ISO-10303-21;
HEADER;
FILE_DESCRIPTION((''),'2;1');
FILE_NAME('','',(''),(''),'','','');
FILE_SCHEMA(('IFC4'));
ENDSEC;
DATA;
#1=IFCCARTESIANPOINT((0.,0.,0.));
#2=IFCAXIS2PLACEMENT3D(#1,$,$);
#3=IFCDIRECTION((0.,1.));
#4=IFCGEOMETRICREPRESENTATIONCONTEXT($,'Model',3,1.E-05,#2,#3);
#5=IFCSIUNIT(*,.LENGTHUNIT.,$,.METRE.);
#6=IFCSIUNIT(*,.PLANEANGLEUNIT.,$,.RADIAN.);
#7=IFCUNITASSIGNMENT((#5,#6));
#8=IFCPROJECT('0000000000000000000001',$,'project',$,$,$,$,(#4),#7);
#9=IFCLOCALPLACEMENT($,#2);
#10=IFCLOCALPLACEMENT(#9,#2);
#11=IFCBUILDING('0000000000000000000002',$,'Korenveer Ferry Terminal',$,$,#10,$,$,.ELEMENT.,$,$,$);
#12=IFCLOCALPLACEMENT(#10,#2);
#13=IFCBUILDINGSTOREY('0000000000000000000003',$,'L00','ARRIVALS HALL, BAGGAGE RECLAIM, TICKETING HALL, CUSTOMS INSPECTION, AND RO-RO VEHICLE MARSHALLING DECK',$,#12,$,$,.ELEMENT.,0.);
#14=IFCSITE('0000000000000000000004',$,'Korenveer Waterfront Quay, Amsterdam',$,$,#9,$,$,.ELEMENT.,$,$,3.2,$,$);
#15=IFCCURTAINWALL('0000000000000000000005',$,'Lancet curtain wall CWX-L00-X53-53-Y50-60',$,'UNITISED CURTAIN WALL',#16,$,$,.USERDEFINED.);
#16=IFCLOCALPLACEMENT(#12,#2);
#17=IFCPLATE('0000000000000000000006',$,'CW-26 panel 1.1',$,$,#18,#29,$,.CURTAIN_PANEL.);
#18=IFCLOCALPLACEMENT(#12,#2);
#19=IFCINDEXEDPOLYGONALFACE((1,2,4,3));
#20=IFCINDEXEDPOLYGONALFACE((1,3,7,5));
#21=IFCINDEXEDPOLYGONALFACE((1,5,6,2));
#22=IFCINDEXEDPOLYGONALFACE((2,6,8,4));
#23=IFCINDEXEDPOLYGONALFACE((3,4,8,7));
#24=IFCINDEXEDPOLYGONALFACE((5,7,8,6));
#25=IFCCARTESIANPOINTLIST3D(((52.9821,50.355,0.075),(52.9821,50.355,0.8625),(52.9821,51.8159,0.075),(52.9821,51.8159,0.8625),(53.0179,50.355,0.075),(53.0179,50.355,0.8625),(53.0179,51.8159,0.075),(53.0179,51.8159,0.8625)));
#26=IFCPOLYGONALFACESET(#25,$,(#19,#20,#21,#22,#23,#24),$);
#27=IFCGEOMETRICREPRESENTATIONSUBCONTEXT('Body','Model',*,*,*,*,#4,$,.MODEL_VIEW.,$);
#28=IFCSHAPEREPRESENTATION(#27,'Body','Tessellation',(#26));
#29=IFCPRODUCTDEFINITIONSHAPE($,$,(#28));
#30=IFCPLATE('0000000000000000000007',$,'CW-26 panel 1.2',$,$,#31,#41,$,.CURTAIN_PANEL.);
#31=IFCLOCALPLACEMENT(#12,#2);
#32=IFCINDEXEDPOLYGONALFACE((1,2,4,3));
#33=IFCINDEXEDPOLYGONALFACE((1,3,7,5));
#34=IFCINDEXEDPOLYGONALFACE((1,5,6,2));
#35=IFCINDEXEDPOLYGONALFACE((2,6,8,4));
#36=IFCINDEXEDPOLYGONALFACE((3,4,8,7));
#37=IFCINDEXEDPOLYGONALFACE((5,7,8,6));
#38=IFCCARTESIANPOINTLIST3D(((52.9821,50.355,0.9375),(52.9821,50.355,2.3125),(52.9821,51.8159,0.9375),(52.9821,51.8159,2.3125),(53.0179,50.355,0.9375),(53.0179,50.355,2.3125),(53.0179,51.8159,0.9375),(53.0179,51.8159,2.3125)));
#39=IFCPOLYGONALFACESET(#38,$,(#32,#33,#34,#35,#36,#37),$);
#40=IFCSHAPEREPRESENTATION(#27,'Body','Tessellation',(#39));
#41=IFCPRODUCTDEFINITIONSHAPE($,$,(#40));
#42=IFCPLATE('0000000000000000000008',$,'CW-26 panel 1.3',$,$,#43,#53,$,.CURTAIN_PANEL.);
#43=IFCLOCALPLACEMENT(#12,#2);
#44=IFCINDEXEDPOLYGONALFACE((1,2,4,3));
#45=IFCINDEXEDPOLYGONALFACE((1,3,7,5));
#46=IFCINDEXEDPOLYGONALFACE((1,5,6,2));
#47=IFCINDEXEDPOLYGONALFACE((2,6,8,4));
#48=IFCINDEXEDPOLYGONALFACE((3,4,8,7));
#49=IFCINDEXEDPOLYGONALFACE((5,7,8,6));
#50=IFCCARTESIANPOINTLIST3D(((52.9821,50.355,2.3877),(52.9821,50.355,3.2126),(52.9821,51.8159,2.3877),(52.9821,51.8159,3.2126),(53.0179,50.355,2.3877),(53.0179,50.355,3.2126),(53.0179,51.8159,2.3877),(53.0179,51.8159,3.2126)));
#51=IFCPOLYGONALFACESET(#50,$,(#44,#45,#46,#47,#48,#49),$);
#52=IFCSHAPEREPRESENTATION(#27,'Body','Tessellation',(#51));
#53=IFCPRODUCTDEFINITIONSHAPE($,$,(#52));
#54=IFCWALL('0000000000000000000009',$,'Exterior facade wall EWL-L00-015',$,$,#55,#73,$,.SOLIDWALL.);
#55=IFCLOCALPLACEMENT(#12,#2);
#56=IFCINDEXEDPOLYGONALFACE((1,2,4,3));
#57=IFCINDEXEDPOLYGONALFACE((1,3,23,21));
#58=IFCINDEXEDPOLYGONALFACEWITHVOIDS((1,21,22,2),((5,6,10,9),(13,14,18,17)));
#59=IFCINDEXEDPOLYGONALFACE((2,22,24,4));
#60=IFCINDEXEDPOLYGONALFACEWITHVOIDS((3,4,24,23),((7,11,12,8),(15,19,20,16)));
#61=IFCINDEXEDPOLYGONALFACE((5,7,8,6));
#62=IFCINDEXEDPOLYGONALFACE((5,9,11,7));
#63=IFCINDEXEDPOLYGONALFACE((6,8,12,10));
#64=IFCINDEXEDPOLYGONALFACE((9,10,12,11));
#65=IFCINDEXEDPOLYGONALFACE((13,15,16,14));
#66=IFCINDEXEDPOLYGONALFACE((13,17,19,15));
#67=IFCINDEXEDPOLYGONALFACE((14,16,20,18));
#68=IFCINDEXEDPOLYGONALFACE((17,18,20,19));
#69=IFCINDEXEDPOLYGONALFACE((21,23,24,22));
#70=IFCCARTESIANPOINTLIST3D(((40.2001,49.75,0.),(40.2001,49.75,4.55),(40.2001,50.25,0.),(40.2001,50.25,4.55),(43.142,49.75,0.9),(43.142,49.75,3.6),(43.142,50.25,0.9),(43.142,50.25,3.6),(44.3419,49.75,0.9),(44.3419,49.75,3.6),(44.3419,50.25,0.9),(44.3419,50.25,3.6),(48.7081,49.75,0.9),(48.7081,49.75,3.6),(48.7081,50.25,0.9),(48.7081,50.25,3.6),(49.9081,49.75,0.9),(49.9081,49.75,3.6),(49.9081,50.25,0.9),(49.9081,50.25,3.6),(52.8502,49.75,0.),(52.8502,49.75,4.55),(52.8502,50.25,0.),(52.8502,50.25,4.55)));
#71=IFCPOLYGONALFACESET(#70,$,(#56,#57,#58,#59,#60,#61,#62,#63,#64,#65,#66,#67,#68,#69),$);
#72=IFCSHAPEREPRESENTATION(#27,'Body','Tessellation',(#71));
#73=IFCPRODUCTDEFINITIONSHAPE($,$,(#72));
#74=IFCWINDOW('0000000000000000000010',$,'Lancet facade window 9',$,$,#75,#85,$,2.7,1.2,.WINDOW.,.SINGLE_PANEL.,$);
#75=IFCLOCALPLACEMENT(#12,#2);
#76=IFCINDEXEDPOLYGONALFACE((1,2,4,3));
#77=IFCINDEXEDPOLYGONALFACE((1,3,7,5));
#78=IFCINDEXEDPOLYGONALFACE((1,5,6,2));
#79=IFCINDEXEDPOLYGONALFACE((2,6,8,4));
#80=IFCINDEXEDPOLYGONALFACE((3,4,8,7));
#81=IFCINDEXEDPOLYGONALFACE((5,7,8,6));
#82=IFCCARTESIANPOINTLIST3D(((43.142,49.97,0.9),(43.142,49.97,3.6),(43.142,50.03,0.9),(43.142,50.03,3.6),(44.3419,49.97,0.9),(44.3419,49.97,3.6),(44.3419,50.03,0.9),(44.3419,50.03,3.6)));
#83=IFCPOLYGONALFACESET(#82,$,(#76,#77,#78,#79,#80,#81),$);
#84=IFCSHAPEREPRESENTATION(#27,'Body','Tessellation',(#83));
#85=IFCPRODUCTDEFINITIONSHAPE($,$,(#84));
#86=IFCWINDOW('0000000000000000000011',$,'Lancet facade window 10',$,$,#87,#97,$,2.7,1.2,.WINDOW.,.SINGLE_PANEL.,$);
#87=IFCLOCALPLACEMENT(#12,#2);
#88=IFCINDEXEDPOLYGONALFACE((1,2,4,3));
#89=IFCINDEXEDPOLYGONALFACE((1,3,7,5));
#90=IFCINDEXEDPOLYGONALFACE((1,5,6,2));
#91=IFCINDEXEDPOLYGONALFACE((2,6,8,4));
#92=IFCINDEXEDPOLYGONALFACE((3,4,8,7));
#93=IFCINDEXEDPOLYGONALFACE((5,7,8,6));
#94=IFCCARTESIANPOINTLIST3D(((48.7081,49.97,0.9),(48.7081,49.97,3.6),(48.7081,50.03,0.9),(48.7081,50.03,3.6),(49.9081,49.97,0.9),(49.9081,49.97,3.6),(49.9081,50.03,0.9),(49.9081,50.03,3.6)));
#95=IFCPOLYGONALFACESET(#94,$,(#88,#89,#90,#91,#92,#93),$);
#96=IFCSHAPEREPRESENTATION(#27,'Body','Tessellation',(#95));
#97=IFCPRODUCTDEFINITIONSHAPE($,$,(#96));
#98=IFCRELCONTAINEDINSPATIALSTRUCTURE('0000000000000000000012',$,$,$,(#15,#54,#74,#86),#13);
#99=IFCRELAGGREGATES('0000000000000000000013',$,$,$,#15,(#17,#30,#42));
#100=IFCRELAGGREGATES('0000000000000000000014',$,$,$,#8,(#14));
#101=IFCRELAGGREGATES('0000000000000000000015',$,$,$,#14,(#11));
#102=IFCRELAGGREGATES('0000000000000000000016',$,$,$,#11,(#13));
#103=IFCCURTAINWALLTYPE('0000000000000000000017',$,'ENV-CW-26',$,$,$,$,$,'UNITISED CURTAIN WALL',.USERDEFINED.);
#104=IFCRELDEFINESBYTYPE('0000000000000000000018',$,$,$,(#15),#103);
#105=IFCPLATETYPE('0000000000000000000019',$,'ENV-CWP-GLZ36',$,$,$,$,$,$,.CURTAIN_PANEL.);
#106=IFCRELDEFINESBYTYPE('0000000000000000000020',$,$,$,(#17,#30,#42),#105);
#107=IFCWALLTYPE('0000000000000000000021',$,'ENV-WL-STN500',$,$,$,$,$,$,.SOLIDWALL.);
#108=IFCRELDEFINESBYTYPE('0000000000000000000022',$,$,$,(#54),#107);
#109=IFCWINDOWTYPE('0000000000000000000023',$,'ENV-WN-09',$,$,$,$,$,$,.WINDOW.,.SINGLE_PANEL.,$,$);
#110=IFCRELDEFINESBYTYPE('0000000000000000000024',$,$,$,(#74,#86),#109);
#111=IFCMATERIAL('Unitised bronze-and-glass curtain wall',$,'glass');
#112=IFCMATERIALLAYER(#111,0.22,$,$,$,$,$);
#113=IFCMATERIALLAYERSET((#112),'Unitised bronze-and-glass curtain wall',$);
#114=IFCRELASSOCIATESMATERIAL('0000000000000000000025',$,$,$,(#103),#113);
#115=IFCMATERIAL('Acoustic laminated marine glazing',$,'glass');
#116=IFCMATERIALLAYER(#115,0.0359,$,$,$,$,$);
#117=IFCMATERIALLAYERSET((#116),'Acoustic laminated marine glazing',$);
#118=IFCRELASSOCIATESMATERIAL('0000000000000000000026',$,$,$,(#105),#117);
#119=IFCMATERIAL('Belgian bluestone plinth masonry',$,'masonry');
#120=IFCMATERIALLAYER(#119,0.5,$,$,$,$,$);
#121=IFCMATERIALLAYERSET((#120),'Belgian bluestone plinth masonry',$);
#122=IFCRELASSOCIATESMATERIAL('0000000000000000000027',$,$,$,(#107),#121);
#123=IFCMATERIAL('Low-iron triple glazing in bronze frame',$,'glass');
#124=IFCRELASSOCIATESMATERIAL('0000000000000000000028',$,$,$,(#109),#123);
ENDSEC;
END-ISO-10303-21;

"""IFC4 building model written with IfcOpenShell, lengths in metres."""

from ifc_helpers import new_model, si_unit, direction, frame, frame_2d, origin, origin_2d, place, context, subcontext, project, spatial, rectangle, extrude, material, layer, layer_set, type_object, element, fill, aggregate, save


model = new_model("IFC4")

# Units and contexts
model_context = context("Model", 3, precision=1e-05, world=origin(), true_north=direction((0.0, 1.0)))
body_context = subcontext(model_context, "Body", "Model", "MODEL_VIEW")
ifc_project = project(units=[si_unit("LENGTHUNIT", "METRE"), si_unit("PLANEANGLEUNIT", "RADIAN")], contexts=[model_context])

# Site, building, storey
site_placement = place(None, origin())
site = spatial("IfcSite", under=ifc_project, at=site_placement, Name="Korenveer Waterfront Quay, Amsterdam", CompositionType="ELEMENT", RefElevation=3.2)
building_placement = place(site_placement, origin())
building = spatial("IfcBuilding", under=site, at=building_placement, Name="Korenveer Ferry Terminal", CompositionType="ELEMENT")
storey_placement = place(building_placement, origin())
storey = spatial("IfcBuildingStorey", under=building, at=storey_placement, Name="L00", Description="ARRIVALS HALL, BAGGAGE RECLAIM, TICKETING HALL, CUSTOMS INSPECTION, AND RO-RO VEHICLE MARSHALLING DECK", CompositionType="ELEMENT", Elevation=0.0)

# Shared definitions
ifc_material_1 = material(Name="Unitised bronze-and-glass curtain wall", Category="glass")

# Curtain wall
ifc_layer_1 = layer(ifc_material_1, 0.22)
ifc_layer_set_1 = layer_set([ifc_layer_1], Name="Unitised bronze-and-glass curtain wall")
curtain_wall_type_1 = type_object("IfcCurtainWallType", Name="ENV-CW-26", ElementType="UNITISED CURTAIN WALL", PredefinedType="USERDEFINED", material=ifc_layer_set_1)
curtain_wall_1_placement = place(storey_placement, frame((53.0, 50.28, 0.0)))
curtain_wall_1 = element("IfcCurtainWall", 1, at=curtain_wall_1_placement, inside=storey, type_object=curtain_wall_type_1, Name="Lancet curtain wall CWX-L00-X53-53-Y50-60", ObjectType="UNITISED CURTAIN WALL", PredefinedType="USERDEFINED")

# Plates
ifc_material_2 = material(Name="Acoustic laminated marine glazing", Category="glass")
ifc_layer_2 = layer(ifc_material_2, 0.0359)
ifc_layer_set_2 = layer_set([ifc_layer_2], Name="Acoustic laminated marine glazing")
plate_type_1 = type_object("IfcPlateType", Name="ENV-CWP-GLZ36", PredefinedType="CURTAIN_PANEL", material=ifc_layer_set_2)
plate_1_placement = place(storey_placement, frame((53.0, 51.0854, 0.075), z_axis=(0.0, 0.0, 1.0), x_axis=(0.0, 1.0, 0.0)))
plate_1 = element("IfcPlate", 2, at=plate_1_placement, type_object=plate_type_1, Name="CW-26 panel 1.1", PredefinedType="CURTAIN_PANEL", context=body_context, shape_type="SweptSolid", body=[
    extrude(rectangle(XDim=1.4609, YDim=0.0359, at=origin_2d()), origin(), (0.0, 0.0, 1.0), 0.7876),
])
plate_2_placement = place(storey_placement, frame((53.0, 51.0854, 0.9375), z_axis=(0.0, 0.0, 1.0), x_axis=(0.0, 1.0, 0.0)))
plate_2 = element("IfcPlate", 3, at=plate_2_placement, type_object=plate_type_1, Name="CW-26 panel 1.2", PredefinedType="CURTAIN_PANEL", context=body_context, shape_type="SweptSolid", body=[
    extrude(rectangle(XDim=1.4609, YDim=0.0359, at=origin_2d()), origin(), (0.0, 0.0, 1.0), 1.375),
])
plate_3_placement = place(storey_placement, frame((53.0, 51.0854, 2.3877), z_axis=(0.0, 0.0, 1.0), x_axis=(0.0, 1.0, 0.0)))
plate_3 = element("IfcPlate", 4, at=plate_3_placement, type_object=plate_type_1, Name="CW-26 panel 1.3", PredefinedType="CURTAIN_PANEL", context=body_context, shape_type="SweptSolid", body=[
    extrude(rectangle(XDim=1.4609, YDim=0.0359, at=origin_2d()), origin(), (0.0, 0.0, 1.0), 0.825),
])
aggregate(curtain_wall_1, [plate_1, plate_2, plate_3])

# Wall, openings, windows
ifc_material_3 = material(Name="Belgian bluestone plinth masonry", Category="masonry")
ifc_layer_3 = layer(ifc_material_3, 0.5)
ifc_layer_set_3 = layer_set([ifc_layer_3], Name="Belgian bluestone plinth masonry")
wall_type = type_object("IfcWallType", Name="ENV-WL-STN500", PredefinedType="SOLIDWALL", material=ifc_layer_set_3)
wall_placement = place(storey_placement, frame((40.2, 50.0, 0.0), z_axis=(0.0, 0.0, 1.0), x_axis=(1.0, 0.0, 0.0)))
wall = element("IfcWall", 5, at=wall_placement, inside=storey, type_object=wall_type, Name="Exterior facade wall EWL-L00-015", PredefinedType="SOLIDWALL", context=body_context, shape_type="SweptSolid", body=[
    extrude(rectangle(XDim=12.6501, YDim=0.5, at=frame_2d((6.3252, 0.0))), origin(), (0.0, 0.0, 1.0), 4.55),
])
opening_1_placement = place(wall_placement, frame((2.9419, 0.0, 0.8999)))
opening_1 = element("IfcOpeningElement", 6, at=opening_1_placement, cuts=wall, PredefinedType="OPENING", context=body_context, shape_type="SweptSolid", body=[
    extrude(rectangle(XDim=1.2, YDim=2.7, at=frame_2d((0.6001, 1.3501))), frame((0.0, 0.26, 0.0), z_axis=(0.0, -1.0, 0.0), x_axis=(1.0, 0.0, 0.0)), (0.0, 0.0, 1.0), 0.52),
])
opening_2_placement = place(wall_placement, frame((8.5081, 0.0, 0.8999)))
opening_2 = element("IfcOpeningElement", 7, at=opening_2_placement, cuts=wall, PredefinedType="OPENING", context=body_context, shape_type="SweptSolid", body=[
    extrude(rectangle(XDim=1.2, YDim=2.7, at=frame_2d((0.6001, 1.3501))), frame((0.0, 0.26, 0.0), z_axis=(0.0, -1.0, 0.0), x_axis=(1.0, 0.0, 0.0)), (0.0, 0.0, 1.0), 0.52),
])
ifc_material_4 = material(Name="Low-iron triple glazing in bronze frame", Category="glass")
window_type = type_object("IfcWindowType", Name="ENV-WN-09", PartitioningType="SINGLE_PANEL", PredefinedType="WINDOW", material=ifc_material_4)
window_1_placement = place(opening_1_placement, origin())
window_1 = element("IfcWindow", 8, at=window_1_placement, inside=storey, type_object=window_type, Name="Lancet facade window 9", OverallHeight=2.7, OverallWidth=1.2, PartitioningType="SINGLE_PANEL", PredefinedType="WINDOW", context=body_context, shape_type="SweptSolid", body=[
    extrude(rectangle(XDim=1.2, YDim=2.7, at=frame_2d((0.6001, 1.3501))), frame((0.0, 0.03, 0.0), z_axis=(0.0, -1.0, 0.0), x_axis=(1.0, 0.0, 0.0)), (0.0, 0.0, 1.0), 0.0601),
])
fill(opening_1, window_1)
window_2_placement = place(opening_2_placement, origin())
window_2 = element("IfcWindow", 9, at=window_2_placement, inside=storey, type_object=window_type, Name="Lancet facade window 10", OverallHeight=2.7, OverallWidth=1.2, PartitioningType="SINGLE_PANEL", PredefinedType="WINDOW", context=body_context, shape_type="SweptSolid", body=[
    extrude(rectangle(XDim=1.2, YDim=2.7, at=frame_2d((0.6001, 1.3501))), frame((0.0, 0.03, 0.0), z_axis=(0.0, -1.0, 0.0), x_axis=(1.0, 0.0, 0.0)), (0.0, 0.0, 1.0), 0.0601),
])
fill(opening_2, window_2)

save(model, "model.ifc")
